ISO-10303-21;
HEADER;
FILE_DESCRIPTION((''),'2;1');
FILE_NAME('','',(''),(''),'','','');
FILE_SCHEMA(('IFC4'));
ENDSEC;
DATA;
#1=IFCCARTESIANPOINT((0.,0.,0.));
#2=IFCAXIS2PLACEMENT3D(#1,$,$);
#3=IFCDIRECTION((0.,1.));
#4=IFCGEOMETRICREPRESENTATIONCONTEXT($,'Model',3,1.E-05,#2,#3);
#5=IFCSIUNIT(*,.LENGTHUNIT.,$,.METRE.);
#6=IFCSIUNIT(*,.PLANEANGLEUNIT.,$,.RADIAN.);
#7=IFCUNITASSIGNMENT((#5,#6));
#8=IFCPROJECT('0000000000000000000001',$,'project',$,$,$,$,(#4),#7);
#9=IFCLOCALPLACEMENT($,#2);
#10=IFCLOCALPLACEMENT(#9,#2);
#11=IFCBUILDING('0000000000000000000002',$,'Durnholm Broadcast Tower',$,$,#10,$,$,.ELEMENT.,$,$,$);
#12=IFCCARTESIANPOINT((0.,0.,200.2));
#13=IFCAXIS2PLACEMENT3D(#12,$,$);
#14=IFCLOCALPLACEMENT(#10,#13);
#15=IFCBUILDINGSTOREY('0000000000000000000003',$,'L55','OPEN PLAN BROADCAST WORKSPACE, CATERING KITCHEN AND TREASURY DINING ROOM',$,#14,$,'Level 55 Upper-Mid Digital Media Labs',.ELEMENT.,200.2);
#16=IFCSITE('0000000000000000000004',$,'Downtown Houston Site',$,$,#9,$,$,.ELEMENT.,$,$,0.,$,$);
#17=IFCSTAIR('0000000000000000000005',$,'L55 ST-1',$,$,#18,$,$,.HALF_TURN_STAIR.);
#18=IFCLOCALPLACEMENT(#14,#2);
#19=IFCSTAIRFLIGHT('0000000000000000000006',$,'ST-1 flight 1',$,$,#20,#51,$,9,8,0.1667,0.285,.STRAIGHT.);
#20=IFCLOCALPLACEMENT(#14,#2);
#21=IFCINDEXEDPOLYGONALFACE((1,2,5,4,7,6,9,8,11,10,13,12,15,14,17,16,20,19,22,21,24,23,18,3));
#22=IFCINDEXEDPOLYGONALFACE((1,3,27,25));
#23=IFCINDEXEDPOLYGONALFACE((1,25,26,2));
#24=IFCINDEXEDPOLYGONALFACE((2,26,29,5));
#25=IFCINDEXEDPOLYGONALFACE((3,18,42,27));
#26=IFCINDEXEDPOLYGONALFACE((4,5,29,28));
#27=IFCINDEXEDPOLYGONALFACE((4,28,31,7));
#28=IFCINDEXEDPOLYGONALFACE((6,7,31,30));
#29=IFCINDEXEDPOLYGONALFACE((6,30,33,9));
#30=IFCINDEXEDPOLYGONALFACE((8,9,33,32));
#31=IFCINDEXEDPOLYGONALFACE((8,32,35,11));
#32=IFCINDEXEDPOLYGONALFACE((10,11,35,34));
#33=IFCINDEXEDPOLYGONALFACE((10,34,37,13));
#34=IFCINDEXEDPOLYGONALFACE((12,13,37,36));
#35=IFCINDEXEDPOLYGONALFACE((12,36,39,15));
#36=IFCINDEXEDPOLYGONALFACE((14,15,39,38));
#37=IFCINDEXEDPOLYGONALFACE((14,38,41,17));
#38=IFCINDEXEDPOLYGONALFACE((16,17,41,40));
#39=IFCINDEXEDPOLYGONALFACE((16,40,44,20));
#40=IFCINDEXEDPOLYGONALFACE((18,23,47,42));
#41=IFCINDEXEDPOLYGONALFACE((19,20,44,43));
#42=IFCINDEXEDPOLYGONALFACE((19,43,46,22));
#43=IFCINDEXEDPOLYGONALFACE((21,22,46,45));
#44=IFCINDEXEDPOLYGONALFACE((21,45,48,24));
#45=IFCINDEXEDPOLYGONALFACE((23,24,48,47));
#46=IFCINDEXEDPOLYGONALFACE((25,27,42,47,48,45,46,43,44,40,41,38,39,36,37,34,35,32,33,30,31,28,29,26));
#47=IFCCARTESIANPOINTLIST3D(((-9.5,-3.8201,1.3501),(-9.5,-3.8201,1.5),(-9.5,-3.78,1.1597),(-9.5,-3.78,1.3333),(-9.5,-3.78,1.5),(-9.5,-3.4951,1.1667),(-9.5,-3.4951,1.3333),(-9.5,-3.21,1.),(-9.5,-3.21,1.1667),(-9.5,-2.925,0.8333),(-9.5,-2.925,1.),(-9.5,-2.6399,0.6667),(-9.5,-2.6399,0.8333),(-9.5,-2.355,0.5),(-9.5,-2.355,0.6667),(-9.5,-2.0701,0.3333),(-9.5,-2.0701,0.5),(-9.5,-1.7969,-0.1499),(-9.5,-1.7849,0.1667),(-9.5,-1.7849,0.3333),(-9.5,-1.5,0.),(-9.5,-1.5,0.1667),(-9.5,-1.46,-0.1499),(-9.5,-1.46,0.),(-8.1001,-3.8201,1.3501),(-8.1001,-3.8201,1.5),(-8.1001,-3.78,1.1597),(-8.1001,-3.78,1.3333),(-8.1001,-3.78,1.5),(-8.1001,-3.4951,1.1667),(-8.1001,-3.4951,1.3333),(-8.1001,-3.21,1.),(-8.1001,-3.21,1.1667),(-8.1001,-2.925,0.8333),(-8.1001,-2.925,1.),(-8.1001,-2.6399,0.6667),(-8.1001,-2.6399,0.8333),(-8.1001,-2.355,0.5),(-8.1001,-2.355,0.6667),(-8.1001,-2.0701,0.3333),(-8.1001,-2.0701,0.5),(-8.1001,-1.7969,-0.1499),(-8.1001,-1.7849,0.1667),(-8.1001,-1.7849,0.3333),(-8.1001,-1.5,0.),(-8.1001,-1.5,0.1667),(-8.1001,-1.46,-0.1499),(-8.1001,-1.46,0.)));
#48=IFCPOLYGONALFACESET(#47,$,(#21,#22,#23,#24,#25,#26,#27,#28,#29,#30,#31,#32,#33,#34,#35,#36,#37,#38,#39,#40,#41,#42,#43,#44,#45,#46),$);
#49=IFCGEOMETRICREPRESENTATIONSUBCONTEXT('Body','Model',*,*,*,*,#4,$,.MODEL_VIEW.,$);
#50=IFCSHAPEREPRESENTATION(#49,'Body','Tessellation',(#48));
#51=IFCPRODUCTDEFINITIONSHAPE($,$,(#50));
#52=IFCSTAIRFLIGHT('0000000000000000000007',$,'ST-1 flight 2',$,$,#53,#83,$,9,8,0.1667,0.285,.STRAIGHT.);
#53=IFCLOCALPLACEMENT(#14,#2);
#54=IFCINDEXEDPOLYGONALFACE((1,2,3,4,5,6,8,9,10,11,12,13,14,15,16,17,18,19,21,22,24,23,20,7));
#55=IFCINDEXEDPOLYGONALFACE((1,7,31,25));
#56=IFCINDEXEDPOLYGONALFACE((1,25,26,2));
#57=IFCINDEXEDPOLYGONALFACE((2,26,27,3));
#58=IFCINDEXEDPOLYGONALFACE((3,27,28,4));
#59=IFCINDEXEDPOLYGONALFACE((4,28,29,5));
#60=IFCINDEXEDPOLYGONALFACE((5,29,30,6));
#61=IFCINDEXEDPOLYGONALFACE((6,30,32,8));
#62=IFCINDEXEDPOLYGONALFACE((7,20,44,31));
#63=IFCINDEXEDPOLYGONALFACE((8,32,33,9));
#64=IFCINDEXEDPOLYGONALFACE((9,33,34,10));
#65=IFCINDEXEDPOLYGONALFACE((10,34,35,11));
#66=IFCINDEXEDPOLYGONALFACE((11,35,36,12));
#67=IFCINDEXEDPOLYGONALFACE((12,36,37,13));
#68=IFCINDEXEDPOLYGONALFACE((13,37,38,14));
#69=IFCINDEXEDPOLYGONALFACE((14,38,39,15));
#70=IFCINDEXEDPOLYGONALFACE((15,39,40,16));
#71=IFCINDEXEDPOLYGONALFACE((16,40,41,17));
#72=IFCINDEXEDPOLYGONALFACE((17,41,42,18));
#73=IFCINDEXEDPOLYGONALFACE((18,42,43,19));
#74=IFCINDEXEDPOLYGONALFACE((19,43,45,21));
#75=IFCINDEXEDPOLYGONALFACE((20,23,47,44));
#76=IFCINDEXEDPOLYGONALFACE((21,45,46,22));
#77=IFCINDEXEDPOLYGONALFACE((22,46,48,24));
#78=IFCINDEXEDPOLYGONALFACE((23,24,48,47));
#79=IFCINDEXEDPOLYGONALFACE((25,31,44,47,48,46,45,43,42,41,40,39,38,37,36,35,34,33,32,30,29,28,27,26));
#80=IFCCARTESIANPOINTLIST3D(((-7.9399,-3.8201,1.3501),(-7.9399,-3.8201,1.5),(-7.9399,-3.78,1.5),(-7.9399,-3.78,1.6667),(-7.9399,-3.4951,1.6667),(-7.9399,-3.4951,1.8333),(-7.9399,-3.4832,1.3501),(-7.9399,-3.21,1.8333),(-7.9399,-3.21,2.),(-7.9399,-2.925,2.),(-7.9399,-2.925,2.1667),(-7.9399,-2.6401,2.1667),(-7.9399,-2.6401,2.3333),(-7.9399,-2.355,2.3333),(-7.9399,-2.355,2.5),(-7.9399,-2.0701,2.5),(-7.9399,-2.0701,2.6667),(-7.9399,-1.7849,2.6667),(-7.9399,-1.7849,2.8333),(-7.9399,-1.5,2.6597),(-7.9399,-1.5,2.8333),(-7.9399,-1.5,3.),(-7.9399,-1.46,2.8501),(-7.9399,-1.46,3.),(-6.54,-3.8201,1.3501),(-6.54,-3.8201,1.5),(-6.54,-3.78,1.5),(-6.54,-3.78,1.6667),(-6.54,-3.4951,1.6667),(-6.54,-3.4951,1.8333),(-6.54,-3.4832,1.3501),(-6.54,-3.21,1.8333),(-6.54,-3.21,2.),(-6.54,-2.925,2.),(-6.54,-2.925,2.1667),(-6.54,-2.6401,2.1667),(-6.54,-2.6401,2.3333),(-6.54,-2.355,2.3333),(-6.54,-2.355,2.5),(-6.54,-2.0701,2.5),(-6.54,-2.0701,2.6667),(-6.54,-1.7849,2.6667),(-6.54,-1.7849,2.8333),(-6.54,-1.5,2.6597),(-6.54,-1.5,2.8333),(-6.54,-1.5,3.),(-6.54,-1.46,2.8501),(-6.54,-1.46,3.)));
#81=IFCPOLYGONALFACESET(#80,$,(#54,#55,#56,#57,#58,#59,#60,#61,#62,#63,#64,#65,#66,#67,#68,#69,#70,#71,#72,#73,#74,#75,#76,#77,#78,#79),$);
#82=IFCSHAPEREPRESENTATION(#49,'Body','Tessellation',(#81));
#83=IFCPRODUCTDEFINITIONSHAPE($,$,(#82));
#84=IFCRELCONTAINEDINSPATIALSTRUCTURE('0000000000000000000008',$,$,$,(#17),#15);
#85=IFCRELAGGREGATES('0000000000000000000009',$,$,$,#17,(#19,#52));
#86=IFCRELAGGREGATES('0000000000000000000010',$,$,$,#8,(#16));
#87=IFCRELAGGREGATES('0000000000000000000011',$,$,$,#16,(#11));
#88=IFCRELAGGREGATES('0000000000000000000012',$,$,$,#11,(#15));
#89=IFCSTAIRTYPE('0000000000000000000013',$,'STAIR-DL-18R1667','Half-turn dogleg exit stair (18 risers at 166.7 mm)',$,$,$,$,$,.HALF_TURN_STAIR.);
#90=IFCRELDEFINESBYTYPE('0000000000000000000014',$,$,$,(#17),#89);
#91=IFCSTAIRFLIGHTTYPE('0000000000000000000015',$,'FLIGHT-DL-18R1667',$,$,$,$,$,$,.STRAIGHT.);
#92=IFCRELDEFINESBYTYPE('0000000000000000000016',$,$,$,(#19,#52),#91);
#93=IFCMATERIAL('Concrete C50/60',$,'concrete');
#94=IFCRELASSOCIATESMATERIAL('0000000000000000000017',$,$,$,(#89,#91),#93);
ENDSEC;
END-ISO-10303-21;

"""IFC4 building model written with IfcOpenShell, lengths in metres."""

from ifc_helpers import new_model, si_unit, direction, frame, origin, place, context, subcontext, project, spatial, polyline, outline, extrude, material, type_object, element, aggregate, save


model = new_model("IFC4")

# Units and contexts
model_context = context("Model", 3, precision=1e-05, world=origin(), true_north=direction((0.0, 1.0)))
body_context = subcontext(model_context, "Body", "Model", "MODEL_VIEW")
ifc_project = project(units=[si_unit("LENGTHUNIT", "METRE"), si_unit("PLANEANGLEUNIT", "RADIAN")], contexts=[model_context])

# Site, building, storey
site_placement = place(None, origin())
site = spatial("IfcSite", under=ifc_project, at=site_placement, Name="Downtown Houston Site", CompositionType="ELEMENT", RefElevation=0.0)
building_placement = place(site_placement, origin())
building = spatial("IfcBuilding", under=site, at=building_placement, Name="Durnholm Broadcast Tower", CompositionType="ELEMENT")
storey_placement = place(building_placement, frame((0.0, 0.0, 200.2)))
storey = spatial("IfcBuildingStorey", under=building, at=storey_placement, Name="L55", Description="OPEN PLAN BROADCAST WORKSPACE, CATERING KITCHEN AND TREASURY DINING ROOM", LongName="Level 55 Upper-Mid Digital Media Labs", CompositionType="ELEMENT", Elevation=200.2)

# Shared definitions
ifc_material_1 = material(Name="Concrete C50/60", Category="concrete")

# Stair, stair flights
stair_type = type_object("IfcStairType", Name="STAIR-DL-18R1667", Description="Half-turn dogleg exit stair (18 risers at 166.7 mm)", PredefinedType="HALF_TURN_STAIR", material=ifc_material_1)
stair_placement = place(storey_placement, origin())
stair = element("IfcStair", 1, at=stair_placement, inside=storey, type_object=stair_type, Name="L55 ST-1", PredefinedType="HALF_TURN_STAIR")
stair_flight_type = type_object("IfcStairFlightType", Name="FLIGHT-DL-18R1667", PredefinedType="STRAIGHT", material=ifc_material_1)
stair_flight_1_placement = place(storey_placement, frame((-8.8, -1.5, 0.0), z_axis=(0.0, 0.0, 1.0), x_axis=(0.0, -1.0, 0.0)))
stair_flight_1 = element("IfcStairFlight", 2, at=stair_flight_1_placement, type_object=stair_flight_type, Name="ST-1 flight 1", NumberOfRisers=9, NumberOfTreads=8, PredefinedType="STRAIGHT", RiserHeight=0.1667, TreadLength=0.285, context=body_context, shape_type="SweptSolid", body=[
    extrude(outline(polyline([(-0.04, -0.1499), (-0.04, 0.0), (0.0, 0.0), (0.0, 0.1667), (0.2849, 0.1667), (0.2849, 0.3333), (0.5701, 0.3333), (0.5701, 0.5), (0.855, 0.5), (0.855, 0.6667), (1.1399, 0.6667), (1.1399, 0.8333), (1.425, 0.8333), (1.425, 1.0), (1.71, 1.0), (1.71, 1.1667), (1.9951, 1.1667), (1.9951, 1.3333), (2.28, 1.3333), (2.28, 1.5), (2.3201, 1.5), (2.3201, 1.3501), (2.28, 1.1597), (0.2969, -0.1499), (-0.04, -0.1499)])), frame((0.0, 0.7, 0.0), z_axis=(0.0, -1.0, 0.0), x_axis=(1.0, 0.0, 0.0)), (0.0, 0.0, 1.0), 1.3999),
])
stair_flight_2_placement = place(storey_placement, frame((-7.24, -3.78, 1.5), z_axis=(0.0, 0.0, 1.0), x_axis=(0.0, 1.0, 0.0)))
stair_flight_2 = element("IfcStairFlight", 3, at=stair_flight_2_placement, type_object=stair_flight_type, Name="ST-1 flight 2", NumberOfRisers=9, NumberOfTreads=8, PredefinedType="STRAIGHT", RiserHeight=0.1667, TreadLength=0.285, context=body_context, shape_type="SweptSolid", body=[
    extrude(outline(polyline([(-0.04, -0.1499), (-0.04, 0.0), (0.0, 0.0), (0.0, 0.1667), (0.2849, 0.1667), (0.2849, 0.3333), (0.5701, 0.3333), (0.5701, 0.5), (0.855, 0.5), (0.855, 0.6667), (1.1399, 0.6667), (1.1399, 0.8333), (1.425, 0.8333), (1.425, 1.0), (1.71, 1.0), (1.71, 1.1667), (1.9951, 1.1667), (1.9951, 1.3333), (2.28, 1.3333), (2.28, 1.5), (2.3201, 1.5), (2.3201, 1.3501), (2.28, 1.1597), (0.2969, -0.1499), (-0.04, -0.1499)])), frame((0.0, 0.7, 0.0), z_axis=(0.0, -1.0, 0.0), x_axis=(1.0, 0.0, 0.0)), (0.0, 0.0, 1.0), 1.3999),
])
aggregate(stair, [stair_flight_1, stair_flight_2])

save(model, "model.ifc")
